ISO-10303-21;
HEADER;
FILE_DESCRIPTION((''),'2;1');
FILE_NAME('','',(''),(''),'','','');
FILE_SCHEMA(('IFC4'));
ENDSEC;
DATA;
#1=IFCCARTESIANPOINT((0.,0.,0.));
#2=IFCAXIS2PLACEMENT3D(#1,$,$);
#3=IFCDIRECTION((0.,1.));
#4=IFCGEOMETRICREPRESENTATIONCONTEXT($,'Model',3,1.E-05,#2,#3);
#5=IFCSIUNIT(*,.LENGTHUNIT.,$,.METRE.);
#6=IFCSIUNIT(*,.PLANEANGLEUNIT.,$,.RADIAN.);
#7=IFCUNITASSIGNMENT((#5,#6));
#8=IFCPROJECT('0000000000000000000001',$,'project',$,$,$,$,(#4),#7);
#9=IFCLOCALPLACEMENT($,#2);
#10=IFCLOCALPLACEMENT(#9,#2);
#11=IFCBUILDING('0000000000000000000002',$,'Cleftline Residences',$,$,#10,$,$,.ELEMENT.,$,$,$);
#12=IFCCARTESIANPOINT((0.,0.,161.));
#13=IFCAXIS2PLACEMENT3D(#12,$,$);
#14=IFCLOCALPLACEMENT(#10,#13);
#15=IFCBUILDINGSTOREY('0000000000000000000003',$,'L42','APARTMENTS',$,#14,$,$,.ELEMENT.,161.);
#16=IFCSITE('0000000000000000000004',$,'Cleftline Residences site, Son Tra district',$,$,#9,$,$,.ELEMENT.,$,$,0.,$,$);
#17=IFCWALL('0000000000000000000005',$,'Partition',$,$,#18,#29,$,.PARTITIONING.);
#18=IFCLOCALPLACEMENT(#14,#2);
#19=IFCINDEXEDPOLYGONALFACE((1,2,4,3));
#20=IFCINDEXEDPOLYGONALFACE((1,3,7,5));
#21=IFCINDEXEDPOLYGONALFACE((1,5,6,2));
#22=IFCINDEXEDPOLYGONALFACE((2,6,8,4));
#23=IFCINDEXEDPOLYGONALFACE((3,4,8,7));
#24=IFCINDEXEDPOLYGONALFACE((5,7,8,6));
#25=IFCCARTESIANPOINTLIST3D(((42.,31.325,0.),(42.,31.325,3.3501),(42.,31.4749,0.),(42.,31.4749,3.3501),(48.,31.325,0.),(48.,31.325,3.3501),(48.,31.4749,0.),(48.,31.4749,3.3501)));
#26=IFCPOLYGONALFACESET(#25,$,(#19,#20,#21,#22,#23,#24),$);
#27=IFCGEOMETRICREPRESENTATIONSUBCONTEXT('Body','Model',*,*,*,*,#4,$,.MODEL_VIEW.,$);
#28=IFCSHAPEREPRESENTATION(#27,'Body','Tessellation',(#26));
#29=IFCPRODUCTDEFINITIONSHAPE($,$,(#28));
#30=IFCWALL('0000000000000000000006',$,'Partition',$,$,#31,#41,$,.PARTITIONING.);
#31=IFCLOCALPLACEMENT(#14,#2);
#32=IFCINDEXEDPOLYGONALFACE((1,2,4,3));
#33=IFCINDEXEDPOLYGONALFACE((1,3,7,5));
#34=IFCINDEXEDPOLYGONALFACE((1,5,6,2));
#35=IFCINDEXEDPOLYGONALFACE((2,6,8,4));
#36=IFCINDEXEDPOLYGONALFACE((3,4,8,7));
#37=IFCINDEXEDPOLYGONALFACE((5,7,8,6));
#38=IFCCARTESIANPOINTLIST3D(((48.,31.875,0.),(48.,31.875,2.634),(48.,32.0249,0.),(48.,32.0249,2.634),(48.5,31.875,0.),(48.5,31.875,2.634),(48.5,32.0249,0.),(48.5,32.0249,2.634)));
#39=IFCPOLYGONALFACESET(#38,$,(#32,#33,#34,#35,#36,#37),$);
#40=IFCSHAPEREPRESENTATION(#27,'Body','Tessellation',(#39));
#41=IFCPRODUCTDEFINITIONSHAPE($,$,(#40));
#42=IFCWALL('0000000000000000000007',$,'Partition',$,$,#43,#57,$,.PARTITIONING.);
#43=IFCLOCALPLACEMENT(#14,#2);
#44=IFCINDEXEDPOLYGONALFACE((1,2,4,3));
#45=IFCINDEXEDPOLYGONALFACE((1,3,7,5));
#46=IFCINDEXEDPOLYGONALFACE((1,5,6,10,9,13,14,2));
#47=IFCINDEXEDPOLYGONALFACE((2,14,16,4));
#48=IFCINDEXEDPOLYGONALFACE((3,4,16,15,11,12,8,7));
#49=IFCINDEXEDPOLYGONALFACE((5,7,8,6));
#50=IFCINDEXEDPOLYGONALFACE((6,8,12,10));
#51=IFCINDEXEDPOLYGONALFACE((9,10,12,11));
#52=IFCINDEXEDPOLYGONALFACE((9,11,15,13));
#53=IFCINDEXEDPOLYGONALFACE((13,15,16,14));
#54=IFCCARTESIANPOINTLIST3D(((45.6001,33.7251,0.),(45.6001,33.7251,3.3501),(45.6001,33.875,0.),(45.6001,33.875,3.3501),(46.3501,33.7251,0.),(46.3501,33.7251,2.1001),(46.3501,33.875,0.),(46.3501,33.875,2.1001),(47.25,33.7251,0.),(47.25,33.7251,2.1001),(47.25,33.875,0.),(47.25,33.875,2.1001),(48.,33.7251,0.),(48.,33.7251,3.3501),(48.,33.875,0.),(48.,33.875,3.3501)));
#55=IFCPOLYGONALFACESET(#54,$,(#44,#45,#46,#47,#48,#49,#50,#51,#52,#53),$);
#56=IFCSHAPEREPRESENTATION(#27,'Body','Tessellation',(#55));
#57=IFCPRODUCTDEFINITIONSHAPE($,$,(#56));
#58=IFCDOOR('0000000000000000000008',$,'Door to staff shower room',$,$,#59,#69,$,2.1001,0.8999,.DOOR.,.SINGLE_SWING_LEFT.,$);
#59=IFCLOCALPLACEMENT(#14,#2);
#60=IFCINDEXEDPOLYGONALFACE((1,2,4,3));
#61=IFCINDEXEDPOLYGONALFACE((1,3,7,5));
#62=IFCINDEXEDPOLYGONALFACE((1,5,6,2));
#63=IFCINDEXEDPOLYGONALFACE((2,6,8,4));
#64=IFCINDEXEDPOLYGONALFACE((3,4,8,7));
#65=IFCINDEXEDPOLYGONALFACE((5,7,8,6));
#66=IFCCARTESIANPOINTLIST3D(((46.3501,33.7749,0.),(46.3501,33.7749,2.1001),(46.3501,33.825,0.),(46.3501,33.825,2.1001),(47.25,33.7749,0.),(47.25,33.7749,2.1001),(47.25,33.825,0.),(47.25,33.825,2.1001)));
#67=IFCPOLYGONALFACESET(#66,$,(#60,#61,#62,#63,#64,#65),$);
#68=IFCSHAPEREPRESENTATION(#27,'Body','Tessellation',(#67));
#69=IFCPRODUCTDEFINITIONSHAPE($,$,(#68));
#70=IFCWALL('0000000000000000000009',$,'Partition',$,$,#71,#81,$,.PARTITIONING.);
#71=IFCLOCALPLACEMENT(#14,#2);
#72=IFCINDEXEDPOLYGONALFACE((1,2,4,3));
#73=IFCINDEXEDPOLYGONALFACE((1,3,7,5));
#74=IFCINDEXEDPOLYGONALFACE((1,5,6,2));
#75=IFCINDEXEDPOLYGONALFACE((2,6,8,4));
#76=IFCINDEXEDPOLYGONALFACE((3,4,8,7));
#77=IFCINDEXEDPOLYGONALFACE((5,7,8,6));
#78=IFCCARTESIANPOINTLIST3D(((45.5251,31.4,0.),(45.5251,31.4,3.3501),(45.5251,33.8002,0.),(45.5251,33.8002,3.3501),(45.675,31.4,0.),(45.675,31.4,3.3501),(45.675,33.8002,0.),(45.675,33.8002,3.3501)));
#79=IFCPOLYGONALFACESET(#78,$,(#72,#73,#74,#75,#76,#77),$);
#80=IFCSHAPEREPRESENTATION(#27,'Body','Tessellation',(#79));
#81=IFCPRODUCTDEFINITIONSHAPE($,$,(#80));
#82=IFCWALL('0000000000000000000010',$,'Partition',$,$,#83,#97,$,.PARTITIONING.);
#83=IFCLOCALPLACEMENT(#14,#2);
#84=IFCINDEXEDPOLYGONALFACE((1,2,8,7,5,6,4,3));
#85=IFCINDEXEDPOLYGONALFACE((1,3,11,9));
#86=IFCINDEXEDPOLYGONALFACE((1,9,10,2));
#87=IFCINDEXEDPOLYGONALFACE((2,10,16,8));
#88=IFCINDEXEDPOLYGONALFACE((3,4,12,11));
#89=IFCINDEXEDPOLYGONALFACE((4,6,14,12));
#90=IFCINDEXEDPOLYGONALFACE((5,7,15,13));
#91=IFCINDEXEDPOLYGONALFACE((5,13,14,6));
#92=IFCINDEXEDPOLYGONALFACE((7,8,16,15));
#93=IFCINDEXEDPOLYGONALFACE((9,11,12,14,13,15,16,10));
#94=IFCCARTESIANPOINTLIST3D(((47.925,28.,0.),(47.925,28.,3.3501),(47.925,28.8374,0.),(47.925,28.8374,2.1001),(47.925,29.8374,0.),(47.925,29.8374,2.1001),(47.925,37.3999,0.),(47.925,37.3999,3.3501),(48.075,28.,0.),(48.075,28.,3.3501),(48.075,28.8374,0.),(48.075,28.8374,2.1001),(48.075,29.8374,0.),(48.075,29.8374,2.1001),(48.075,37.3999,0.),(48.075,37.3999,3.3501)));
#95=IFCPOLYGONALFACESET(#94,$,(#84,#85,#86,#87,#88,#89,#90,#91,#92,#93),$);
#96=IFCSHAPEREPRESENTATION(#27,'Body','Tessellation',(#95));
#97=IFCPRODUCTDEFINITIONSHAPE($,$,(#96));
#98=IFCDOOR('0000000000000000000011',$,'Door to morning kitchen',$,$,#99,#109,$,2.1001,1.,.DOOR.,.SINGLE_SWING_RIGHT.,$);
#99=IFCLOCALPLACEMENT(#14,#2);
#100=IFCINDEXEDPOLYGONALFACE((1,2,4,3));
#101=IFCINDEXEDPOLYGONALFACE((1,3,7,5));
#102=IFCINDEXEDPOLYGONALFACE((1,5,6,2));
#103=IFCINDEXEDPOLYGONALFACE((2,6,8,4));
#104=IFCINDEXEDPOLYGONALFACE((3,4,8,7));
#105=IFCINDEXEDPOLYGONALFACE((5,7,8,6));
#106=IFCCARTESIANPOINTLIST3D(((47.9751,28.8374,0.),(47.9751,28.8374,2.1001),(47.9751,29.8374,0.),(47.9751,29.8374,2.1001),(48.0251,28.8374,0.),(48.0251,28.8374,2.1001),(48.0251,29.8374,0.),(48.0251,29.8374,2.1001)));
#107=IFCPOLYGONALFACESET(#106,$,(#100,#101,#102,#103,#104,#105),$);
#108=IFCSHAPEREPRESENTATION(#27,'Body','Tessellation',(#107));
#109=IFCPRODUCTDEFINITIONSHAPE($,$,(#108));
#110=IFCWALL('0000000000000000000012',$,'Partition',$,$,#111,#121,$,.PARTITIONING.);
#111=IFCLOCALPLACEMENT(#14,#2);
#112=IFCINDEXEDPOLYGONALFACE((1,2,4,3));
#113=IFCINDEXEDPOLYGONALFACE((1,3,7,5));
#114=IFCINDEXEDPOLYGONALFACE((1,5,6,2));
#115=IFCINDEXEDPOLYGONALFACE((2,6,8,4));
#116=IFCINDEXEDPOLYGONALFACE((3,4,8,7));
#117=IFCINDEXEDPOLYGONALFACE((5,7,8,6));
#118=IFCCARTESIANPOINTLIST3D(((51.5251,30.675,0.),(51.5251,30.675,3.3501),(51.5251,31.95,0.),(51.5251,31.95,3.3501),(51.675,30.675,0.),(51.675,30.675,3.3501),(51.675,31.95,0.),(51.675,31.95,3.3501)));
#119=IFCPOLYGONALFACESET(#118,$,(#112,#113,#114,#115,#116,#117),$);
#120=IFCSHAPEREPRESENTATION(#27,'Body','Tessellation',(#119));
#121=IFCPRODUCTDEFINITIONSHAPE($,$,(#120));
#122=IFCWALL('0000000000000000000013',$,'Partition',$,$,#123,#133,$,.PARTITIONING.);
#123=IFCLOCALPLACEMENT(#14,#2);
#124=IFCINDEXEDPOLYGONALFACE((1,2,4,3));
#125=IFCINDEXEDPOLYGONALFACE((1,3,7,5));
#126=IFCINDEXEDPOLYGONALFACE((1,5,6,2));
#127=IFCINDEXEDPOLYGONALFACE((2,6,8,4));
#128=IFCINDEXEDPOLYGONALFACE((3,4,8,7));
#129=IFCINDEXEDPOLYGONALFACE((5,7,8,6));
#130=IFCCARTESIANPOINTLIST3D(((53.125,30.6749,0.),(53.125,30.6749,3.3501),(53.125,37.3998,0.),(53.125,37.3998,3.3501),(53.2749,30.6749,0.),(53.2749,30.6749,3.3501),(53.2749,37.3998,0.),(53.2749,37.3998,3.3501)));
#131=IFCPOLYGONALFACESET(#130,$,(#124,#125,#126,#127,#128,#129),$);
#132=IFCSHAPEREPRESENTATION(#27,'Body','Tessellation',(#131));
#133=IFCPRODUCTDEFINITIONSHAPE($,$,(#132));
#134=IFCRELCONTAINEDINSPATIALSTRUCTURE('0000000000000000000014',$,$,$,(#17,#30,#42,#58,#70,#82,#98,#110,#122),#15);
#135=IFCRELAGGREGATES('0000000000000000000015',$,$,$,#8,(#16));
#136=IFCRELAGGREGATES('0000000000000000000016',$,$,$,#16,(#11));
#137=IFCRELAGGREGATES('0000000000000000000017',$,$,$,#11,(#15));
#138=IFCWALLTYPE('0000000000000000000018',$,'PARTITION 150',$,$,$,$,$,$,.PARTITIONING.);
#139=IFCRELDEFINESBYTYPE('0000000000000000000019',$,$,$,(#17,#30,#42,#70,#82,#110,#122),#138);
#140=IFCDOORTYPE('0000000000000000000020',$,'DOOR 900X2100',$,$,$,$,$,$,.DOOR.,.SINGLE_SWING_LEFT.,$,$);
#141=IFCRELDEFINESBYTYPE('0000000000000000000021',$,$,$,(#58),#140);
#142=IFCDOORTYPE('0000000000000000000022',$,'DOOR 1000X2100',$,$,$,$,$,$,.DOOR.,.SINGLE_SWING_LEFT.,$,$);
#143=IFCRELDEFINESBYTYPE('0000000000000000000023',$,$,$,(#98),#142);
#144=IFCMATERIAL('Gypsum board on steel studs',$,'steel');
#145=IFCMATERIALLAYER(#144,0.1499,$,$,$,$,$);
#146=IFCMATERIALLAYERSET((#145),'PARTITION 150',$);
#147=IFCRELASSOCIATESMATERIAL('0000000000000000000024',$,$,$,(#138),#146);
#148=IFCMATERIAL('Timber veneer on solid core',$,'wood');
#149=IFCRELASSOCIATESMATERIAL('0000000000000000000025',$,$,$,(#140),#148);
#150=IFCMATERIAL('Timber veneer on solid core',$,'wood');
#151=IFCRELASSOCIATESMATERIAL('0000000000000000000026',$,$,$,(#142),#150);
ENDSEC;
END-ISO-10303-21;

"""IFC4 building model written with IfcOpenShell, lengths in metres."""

from ifc_helpers import new_model, si_unit, direction, frame, frame_2d, origin, place, context, subcontext, project, spatial, rectangle, extrude, material, layer, layer_set, type_object, element, fill, save


model = new_model("IFC4")

# Units and contexts
model_context = context("Model", 3, precision=1e-05, world=origin(), true_north=direction((0.0, 1.0)))
body_context = subcontext(model_context, "Body", "Model", "MODEL_VIEW")
ifc_project = project(units=[si_unit("LENGTHUNIT", "METRE"), si_unit("PLANEANGLEUNIT", "RADIAN")], contexts=[model_context])

# Site, building, storey
site_placement = place(None, origin())
site = spatial("IfcSite", under=ifc_project, at=site_placement, Name="Cleftline Residences site, Son Tra district", CompositionType="ELEMENT", RefElevation=0.0)
building_placement = place(site_placement, origin())
building = spatial("IfcBuilding", under=site, at=building_placement, Name="Cleftline Residences", CompositionType="ELEMENT")
storey_placement = place(building_placement, frame((0.0, 0.0, 161.0)))
storey = spatial("IfcBuildingStorey", under=building, at=storey_placement, Name="L42", Description="APARTMENTS", CompositionType="ELEMENT", Elevation=161.0)

# Shared definitions
ifc_material_1 = material(Name="Gypsum board on steel studs", Category="steel")
ifc_layer_1 = layer(ifc_material_1, 0.1499)
ifc_layer_set_1 = layer_set([ifc_layer_1], Name="PARTITION 150")
wall_type_1 = type_object("IfcWallType", Name="PARTITION 150", PredefinedType="PARTITIONING", material=ifc_layer_set_1)
ifc_material_2 = material(Name="Timber veneer on solid core", Category="wood")
door_type_1 = type_object("IfcDoorType", Name="DOOR 900X2100", OperationType="SINGLE_SWING_LEFT", PredefinedType="DOOR", material=ifc_material_2)
ifc_material_3 = material(Name="Timber veneer on solid core", Category="wood")
door_type_2 = type_object("IfcDoorType", Name="DOOR 1000X2100", OperationType="SINGLE_SWING_LEFT", PredefinedType="DOOR", material=ifc_material_3)

# Walls
wall_1_placement = place(storey_placement, frame((42.0, 31.3999, 0.0), z_axis=(0.0, 0.0, 1.0), x_axis=(1.0, 0.0, 0.0)))
element("IfcWall", 1, at=wall_1_placement, inside=storey, type_object=wall_type_1, Name="Partition", PredefinedType="PARTITIONING", context=body_context, shape_type="SweptSolid", body=[
    extrude(rectangle(XDim=6.0, YDim=0.1499, at=frame_2d((3.0, 0.0))), origin(), (0.0, 0.0, 1.0), 3.3501),
])
wall_2_placement = place(storey_placement, frame((48.0, 31.95, 0.0), z_axis=(0.0, 0.0, 1.0), x_axis=(1.0, 0.0, 0.0)))
element("IfcWall", 2, at=wall_2_placement, inside=storey, type_object=wall_type_1, Name="Partition", PredefinedType="PARTITIONING", context=body_context, shape_type="SweptSolid", body=[
    extrude(rectangle(XDim=0.5, YDim=0.1499, at=frame_2d((0.25, 0.0))), origin(), (0.0, 0.0, 1.0), 2.634),
])

# Wall, opening, door
wall_3_placement = place(storey_placement, frame((45.6001, 33.8, 0.0), z_axis=(0.0, 0.0, 1.0), x_axis=(1.0, 0.0, 0.0)))
wall_3 = element("IfcWall", 3, at=wall_3_placement, inside=storey, type_object=wall_type_1, Name="Partition", PredefinedType="PARTITIONING", context=body_context, shape_type="SweptSolid", body=[
    extrude(rectangle(XDim=2.3999, YDim=0.1499, at=frame_2d((1.2, 0.0))), origin(), (0.0, 0.0, 1.0), 3.3501),
])
opening_1_placement = place(wall_3_placement, frame((0.75, 0.0, 0.0)))
opening_1 = element("IfcOpeningElement", 4, at=opening_1_placement, cuts=wall_3, PredefinedType="OPENING", context=body_context, shape_type="SweptSolid", body=[
    extrude(rectangle(XDim=0.8999, YDim=2.1001, at=frame_2d((0.45, 1.05))), frame((0.0, 0.085, 0.0), z_axis=(0.0, -1.0, 0.0), x_axis=(1.0, 0.0, 0.0)), (0.0, 0.0, 1.0), 0.1699),
])
door_1_placement = place(opening_1_placement, origin())
door_1 = element("IfcDoor", 5, at=door_1_placement, inside=storey, type_object=door_type_1, Name="Door to staff shower room", OperationType="SINGLE_SWING_LEFT", OverallHeight=2.1001, OverallWidth=0.8999, PredefinedType="DOOR", context=body_context, shape_type="SweptSolid", body=[
    extrude(rectangle(XDim=0.8999, YDim=2.1001, at=frame_2d((0.45, 1.05))), frame((0.0, 0.0249, 0.0), z_axis=(0.0, -1.0, 0.0), x_axis=(1.0, 0.0, 0.0)), (0.0, 0.0, 1.0), 0.05),
])
fill(opening_1, door_1)

# Wall
wall_4_placement = place(storey_placement, frame((45.6001, 31.3999, 0.0), z_axis=(0.0, 0.0, 1.0), x_axis=(0.0, 1.0, 0.0)))
element("IfcWall", 6, at=wall_4_placement, inside=storey, type_object=wall_type_1, Name="Partition", PredefinedType="PARTITIONING", context=body_context, shape_type="SweptSolid", body=[
    extrude(rectangle(XDim=2.4001, YDim=0.1499, at=frame_2d((1.2002, 0.0))), origin(), (0.0, 0.0, 1.0), 3.3501),
])

# Wall, opening, door
wall_5_placement = place(storey_placement, frame((48.0, 28.0, 0.0), z_axis=(0.0, 0.0, 1.0), x_axis=(0.0, 1.0, 0.0)))
wall_5 = element("IfcWall", 7, at=wall_5_placement, inside=storey, type_object=wall_type_1, Name="Partition", PredefinedType="PARTITIONING", context=body_context, shape_type="SweptSolid", body=[
    extrude(rectangle(XDim=9.3999, YDim=0.1499, at=frame_2d((4.7, 0.0))), origin(), (0.0, 0.0, 1.0), 3.3501),
])
opening_2_placement = place(wall_5_placement, frame((0.8374, 0.0, 0.0)))
opening_2 = element("IfcOpeningElement", 8, at=opening_2_placement, cuts=wall_5, PredefinedType="OPENING", context=body_context, shape_type="SweptSolid", body=[
    extrude(rectangle(XDim=1.0, YDim=2.1001, at=frame_2d((0.5, 1.05))), frame((0.0, 0.085, 0.0), z_axis=(0.0, -1.0, 0.0), x_axis=(1.0, 0.0, 0.0)), (0.0, 0.0, 1.0), 0.1699),
])
door_2_placement = place(opening_2_placement, origin())
door_2 = element("IfcDoor", 9, at=door_2_placement, inside=storey, type_object=door_type_2, Name="Door to morning kitchen", OperationType="SINGLE_SWING_RIGHT", OverallHeight=2.1001, OverallWidth=1.0, PredefinedType="DOOR", context=body_context, shape_type="SweptSolid", body=[
    extrude(rectangle(XDim=1.0, YDim=2.1001, at=frame_2d((0.5, 1.05))), frame((0.0, 0.0249, 0.0), z_axis=(0.0, -1.0, 0.0), x_axis=(1.0, 0.0, 0.0)), (0.0, 0.0, 1.0), 0.05),
])
fill(opening_2, door_2)

# Walls
wall_6_placement = place(storey_placement, frame((51.6001, 30.675, 0.0), z_axis=(0.0, 0.0, 1.0), x_axis=(0.0, 1.0, 0.0)))
element("IfcWall", 10, at=wall_6_placement, inside=storey, type_object=wall_type_1, Name="Partition", PredefinedType="PARTITIONING", context=body_context, shape_type="SweptSolid", body=[
    extrude(rectangle(XDim=1.2749, YDim=0.1499, at=frame_2d((0.6375, 0.0))), origin(), (0.0, 0.0, 1.0), 3.3501),
])
wall_7_placement = place(storey_placement, frame((53.2, 30.675, 0.0), z_axis=(0.0, 0.0, 1.0), x_axis=(0.0, 1.0, 0.0)))
element("IfcWall", 11, at=wall_7_placement, inside=storey, type_object=wall_type_1, Name="Partition", PredefinedType="PARTITIONING", context=body_context, shape_type="SweptSolid", body=[
    extrude(rectangle(XDim=6.7249, YDim=0.1499, at=frame_2d((3.3623, 0.0))), origin(), (0.0, 0.0, 1.0), 3.3501),
])

save(model, "model.ifc")
